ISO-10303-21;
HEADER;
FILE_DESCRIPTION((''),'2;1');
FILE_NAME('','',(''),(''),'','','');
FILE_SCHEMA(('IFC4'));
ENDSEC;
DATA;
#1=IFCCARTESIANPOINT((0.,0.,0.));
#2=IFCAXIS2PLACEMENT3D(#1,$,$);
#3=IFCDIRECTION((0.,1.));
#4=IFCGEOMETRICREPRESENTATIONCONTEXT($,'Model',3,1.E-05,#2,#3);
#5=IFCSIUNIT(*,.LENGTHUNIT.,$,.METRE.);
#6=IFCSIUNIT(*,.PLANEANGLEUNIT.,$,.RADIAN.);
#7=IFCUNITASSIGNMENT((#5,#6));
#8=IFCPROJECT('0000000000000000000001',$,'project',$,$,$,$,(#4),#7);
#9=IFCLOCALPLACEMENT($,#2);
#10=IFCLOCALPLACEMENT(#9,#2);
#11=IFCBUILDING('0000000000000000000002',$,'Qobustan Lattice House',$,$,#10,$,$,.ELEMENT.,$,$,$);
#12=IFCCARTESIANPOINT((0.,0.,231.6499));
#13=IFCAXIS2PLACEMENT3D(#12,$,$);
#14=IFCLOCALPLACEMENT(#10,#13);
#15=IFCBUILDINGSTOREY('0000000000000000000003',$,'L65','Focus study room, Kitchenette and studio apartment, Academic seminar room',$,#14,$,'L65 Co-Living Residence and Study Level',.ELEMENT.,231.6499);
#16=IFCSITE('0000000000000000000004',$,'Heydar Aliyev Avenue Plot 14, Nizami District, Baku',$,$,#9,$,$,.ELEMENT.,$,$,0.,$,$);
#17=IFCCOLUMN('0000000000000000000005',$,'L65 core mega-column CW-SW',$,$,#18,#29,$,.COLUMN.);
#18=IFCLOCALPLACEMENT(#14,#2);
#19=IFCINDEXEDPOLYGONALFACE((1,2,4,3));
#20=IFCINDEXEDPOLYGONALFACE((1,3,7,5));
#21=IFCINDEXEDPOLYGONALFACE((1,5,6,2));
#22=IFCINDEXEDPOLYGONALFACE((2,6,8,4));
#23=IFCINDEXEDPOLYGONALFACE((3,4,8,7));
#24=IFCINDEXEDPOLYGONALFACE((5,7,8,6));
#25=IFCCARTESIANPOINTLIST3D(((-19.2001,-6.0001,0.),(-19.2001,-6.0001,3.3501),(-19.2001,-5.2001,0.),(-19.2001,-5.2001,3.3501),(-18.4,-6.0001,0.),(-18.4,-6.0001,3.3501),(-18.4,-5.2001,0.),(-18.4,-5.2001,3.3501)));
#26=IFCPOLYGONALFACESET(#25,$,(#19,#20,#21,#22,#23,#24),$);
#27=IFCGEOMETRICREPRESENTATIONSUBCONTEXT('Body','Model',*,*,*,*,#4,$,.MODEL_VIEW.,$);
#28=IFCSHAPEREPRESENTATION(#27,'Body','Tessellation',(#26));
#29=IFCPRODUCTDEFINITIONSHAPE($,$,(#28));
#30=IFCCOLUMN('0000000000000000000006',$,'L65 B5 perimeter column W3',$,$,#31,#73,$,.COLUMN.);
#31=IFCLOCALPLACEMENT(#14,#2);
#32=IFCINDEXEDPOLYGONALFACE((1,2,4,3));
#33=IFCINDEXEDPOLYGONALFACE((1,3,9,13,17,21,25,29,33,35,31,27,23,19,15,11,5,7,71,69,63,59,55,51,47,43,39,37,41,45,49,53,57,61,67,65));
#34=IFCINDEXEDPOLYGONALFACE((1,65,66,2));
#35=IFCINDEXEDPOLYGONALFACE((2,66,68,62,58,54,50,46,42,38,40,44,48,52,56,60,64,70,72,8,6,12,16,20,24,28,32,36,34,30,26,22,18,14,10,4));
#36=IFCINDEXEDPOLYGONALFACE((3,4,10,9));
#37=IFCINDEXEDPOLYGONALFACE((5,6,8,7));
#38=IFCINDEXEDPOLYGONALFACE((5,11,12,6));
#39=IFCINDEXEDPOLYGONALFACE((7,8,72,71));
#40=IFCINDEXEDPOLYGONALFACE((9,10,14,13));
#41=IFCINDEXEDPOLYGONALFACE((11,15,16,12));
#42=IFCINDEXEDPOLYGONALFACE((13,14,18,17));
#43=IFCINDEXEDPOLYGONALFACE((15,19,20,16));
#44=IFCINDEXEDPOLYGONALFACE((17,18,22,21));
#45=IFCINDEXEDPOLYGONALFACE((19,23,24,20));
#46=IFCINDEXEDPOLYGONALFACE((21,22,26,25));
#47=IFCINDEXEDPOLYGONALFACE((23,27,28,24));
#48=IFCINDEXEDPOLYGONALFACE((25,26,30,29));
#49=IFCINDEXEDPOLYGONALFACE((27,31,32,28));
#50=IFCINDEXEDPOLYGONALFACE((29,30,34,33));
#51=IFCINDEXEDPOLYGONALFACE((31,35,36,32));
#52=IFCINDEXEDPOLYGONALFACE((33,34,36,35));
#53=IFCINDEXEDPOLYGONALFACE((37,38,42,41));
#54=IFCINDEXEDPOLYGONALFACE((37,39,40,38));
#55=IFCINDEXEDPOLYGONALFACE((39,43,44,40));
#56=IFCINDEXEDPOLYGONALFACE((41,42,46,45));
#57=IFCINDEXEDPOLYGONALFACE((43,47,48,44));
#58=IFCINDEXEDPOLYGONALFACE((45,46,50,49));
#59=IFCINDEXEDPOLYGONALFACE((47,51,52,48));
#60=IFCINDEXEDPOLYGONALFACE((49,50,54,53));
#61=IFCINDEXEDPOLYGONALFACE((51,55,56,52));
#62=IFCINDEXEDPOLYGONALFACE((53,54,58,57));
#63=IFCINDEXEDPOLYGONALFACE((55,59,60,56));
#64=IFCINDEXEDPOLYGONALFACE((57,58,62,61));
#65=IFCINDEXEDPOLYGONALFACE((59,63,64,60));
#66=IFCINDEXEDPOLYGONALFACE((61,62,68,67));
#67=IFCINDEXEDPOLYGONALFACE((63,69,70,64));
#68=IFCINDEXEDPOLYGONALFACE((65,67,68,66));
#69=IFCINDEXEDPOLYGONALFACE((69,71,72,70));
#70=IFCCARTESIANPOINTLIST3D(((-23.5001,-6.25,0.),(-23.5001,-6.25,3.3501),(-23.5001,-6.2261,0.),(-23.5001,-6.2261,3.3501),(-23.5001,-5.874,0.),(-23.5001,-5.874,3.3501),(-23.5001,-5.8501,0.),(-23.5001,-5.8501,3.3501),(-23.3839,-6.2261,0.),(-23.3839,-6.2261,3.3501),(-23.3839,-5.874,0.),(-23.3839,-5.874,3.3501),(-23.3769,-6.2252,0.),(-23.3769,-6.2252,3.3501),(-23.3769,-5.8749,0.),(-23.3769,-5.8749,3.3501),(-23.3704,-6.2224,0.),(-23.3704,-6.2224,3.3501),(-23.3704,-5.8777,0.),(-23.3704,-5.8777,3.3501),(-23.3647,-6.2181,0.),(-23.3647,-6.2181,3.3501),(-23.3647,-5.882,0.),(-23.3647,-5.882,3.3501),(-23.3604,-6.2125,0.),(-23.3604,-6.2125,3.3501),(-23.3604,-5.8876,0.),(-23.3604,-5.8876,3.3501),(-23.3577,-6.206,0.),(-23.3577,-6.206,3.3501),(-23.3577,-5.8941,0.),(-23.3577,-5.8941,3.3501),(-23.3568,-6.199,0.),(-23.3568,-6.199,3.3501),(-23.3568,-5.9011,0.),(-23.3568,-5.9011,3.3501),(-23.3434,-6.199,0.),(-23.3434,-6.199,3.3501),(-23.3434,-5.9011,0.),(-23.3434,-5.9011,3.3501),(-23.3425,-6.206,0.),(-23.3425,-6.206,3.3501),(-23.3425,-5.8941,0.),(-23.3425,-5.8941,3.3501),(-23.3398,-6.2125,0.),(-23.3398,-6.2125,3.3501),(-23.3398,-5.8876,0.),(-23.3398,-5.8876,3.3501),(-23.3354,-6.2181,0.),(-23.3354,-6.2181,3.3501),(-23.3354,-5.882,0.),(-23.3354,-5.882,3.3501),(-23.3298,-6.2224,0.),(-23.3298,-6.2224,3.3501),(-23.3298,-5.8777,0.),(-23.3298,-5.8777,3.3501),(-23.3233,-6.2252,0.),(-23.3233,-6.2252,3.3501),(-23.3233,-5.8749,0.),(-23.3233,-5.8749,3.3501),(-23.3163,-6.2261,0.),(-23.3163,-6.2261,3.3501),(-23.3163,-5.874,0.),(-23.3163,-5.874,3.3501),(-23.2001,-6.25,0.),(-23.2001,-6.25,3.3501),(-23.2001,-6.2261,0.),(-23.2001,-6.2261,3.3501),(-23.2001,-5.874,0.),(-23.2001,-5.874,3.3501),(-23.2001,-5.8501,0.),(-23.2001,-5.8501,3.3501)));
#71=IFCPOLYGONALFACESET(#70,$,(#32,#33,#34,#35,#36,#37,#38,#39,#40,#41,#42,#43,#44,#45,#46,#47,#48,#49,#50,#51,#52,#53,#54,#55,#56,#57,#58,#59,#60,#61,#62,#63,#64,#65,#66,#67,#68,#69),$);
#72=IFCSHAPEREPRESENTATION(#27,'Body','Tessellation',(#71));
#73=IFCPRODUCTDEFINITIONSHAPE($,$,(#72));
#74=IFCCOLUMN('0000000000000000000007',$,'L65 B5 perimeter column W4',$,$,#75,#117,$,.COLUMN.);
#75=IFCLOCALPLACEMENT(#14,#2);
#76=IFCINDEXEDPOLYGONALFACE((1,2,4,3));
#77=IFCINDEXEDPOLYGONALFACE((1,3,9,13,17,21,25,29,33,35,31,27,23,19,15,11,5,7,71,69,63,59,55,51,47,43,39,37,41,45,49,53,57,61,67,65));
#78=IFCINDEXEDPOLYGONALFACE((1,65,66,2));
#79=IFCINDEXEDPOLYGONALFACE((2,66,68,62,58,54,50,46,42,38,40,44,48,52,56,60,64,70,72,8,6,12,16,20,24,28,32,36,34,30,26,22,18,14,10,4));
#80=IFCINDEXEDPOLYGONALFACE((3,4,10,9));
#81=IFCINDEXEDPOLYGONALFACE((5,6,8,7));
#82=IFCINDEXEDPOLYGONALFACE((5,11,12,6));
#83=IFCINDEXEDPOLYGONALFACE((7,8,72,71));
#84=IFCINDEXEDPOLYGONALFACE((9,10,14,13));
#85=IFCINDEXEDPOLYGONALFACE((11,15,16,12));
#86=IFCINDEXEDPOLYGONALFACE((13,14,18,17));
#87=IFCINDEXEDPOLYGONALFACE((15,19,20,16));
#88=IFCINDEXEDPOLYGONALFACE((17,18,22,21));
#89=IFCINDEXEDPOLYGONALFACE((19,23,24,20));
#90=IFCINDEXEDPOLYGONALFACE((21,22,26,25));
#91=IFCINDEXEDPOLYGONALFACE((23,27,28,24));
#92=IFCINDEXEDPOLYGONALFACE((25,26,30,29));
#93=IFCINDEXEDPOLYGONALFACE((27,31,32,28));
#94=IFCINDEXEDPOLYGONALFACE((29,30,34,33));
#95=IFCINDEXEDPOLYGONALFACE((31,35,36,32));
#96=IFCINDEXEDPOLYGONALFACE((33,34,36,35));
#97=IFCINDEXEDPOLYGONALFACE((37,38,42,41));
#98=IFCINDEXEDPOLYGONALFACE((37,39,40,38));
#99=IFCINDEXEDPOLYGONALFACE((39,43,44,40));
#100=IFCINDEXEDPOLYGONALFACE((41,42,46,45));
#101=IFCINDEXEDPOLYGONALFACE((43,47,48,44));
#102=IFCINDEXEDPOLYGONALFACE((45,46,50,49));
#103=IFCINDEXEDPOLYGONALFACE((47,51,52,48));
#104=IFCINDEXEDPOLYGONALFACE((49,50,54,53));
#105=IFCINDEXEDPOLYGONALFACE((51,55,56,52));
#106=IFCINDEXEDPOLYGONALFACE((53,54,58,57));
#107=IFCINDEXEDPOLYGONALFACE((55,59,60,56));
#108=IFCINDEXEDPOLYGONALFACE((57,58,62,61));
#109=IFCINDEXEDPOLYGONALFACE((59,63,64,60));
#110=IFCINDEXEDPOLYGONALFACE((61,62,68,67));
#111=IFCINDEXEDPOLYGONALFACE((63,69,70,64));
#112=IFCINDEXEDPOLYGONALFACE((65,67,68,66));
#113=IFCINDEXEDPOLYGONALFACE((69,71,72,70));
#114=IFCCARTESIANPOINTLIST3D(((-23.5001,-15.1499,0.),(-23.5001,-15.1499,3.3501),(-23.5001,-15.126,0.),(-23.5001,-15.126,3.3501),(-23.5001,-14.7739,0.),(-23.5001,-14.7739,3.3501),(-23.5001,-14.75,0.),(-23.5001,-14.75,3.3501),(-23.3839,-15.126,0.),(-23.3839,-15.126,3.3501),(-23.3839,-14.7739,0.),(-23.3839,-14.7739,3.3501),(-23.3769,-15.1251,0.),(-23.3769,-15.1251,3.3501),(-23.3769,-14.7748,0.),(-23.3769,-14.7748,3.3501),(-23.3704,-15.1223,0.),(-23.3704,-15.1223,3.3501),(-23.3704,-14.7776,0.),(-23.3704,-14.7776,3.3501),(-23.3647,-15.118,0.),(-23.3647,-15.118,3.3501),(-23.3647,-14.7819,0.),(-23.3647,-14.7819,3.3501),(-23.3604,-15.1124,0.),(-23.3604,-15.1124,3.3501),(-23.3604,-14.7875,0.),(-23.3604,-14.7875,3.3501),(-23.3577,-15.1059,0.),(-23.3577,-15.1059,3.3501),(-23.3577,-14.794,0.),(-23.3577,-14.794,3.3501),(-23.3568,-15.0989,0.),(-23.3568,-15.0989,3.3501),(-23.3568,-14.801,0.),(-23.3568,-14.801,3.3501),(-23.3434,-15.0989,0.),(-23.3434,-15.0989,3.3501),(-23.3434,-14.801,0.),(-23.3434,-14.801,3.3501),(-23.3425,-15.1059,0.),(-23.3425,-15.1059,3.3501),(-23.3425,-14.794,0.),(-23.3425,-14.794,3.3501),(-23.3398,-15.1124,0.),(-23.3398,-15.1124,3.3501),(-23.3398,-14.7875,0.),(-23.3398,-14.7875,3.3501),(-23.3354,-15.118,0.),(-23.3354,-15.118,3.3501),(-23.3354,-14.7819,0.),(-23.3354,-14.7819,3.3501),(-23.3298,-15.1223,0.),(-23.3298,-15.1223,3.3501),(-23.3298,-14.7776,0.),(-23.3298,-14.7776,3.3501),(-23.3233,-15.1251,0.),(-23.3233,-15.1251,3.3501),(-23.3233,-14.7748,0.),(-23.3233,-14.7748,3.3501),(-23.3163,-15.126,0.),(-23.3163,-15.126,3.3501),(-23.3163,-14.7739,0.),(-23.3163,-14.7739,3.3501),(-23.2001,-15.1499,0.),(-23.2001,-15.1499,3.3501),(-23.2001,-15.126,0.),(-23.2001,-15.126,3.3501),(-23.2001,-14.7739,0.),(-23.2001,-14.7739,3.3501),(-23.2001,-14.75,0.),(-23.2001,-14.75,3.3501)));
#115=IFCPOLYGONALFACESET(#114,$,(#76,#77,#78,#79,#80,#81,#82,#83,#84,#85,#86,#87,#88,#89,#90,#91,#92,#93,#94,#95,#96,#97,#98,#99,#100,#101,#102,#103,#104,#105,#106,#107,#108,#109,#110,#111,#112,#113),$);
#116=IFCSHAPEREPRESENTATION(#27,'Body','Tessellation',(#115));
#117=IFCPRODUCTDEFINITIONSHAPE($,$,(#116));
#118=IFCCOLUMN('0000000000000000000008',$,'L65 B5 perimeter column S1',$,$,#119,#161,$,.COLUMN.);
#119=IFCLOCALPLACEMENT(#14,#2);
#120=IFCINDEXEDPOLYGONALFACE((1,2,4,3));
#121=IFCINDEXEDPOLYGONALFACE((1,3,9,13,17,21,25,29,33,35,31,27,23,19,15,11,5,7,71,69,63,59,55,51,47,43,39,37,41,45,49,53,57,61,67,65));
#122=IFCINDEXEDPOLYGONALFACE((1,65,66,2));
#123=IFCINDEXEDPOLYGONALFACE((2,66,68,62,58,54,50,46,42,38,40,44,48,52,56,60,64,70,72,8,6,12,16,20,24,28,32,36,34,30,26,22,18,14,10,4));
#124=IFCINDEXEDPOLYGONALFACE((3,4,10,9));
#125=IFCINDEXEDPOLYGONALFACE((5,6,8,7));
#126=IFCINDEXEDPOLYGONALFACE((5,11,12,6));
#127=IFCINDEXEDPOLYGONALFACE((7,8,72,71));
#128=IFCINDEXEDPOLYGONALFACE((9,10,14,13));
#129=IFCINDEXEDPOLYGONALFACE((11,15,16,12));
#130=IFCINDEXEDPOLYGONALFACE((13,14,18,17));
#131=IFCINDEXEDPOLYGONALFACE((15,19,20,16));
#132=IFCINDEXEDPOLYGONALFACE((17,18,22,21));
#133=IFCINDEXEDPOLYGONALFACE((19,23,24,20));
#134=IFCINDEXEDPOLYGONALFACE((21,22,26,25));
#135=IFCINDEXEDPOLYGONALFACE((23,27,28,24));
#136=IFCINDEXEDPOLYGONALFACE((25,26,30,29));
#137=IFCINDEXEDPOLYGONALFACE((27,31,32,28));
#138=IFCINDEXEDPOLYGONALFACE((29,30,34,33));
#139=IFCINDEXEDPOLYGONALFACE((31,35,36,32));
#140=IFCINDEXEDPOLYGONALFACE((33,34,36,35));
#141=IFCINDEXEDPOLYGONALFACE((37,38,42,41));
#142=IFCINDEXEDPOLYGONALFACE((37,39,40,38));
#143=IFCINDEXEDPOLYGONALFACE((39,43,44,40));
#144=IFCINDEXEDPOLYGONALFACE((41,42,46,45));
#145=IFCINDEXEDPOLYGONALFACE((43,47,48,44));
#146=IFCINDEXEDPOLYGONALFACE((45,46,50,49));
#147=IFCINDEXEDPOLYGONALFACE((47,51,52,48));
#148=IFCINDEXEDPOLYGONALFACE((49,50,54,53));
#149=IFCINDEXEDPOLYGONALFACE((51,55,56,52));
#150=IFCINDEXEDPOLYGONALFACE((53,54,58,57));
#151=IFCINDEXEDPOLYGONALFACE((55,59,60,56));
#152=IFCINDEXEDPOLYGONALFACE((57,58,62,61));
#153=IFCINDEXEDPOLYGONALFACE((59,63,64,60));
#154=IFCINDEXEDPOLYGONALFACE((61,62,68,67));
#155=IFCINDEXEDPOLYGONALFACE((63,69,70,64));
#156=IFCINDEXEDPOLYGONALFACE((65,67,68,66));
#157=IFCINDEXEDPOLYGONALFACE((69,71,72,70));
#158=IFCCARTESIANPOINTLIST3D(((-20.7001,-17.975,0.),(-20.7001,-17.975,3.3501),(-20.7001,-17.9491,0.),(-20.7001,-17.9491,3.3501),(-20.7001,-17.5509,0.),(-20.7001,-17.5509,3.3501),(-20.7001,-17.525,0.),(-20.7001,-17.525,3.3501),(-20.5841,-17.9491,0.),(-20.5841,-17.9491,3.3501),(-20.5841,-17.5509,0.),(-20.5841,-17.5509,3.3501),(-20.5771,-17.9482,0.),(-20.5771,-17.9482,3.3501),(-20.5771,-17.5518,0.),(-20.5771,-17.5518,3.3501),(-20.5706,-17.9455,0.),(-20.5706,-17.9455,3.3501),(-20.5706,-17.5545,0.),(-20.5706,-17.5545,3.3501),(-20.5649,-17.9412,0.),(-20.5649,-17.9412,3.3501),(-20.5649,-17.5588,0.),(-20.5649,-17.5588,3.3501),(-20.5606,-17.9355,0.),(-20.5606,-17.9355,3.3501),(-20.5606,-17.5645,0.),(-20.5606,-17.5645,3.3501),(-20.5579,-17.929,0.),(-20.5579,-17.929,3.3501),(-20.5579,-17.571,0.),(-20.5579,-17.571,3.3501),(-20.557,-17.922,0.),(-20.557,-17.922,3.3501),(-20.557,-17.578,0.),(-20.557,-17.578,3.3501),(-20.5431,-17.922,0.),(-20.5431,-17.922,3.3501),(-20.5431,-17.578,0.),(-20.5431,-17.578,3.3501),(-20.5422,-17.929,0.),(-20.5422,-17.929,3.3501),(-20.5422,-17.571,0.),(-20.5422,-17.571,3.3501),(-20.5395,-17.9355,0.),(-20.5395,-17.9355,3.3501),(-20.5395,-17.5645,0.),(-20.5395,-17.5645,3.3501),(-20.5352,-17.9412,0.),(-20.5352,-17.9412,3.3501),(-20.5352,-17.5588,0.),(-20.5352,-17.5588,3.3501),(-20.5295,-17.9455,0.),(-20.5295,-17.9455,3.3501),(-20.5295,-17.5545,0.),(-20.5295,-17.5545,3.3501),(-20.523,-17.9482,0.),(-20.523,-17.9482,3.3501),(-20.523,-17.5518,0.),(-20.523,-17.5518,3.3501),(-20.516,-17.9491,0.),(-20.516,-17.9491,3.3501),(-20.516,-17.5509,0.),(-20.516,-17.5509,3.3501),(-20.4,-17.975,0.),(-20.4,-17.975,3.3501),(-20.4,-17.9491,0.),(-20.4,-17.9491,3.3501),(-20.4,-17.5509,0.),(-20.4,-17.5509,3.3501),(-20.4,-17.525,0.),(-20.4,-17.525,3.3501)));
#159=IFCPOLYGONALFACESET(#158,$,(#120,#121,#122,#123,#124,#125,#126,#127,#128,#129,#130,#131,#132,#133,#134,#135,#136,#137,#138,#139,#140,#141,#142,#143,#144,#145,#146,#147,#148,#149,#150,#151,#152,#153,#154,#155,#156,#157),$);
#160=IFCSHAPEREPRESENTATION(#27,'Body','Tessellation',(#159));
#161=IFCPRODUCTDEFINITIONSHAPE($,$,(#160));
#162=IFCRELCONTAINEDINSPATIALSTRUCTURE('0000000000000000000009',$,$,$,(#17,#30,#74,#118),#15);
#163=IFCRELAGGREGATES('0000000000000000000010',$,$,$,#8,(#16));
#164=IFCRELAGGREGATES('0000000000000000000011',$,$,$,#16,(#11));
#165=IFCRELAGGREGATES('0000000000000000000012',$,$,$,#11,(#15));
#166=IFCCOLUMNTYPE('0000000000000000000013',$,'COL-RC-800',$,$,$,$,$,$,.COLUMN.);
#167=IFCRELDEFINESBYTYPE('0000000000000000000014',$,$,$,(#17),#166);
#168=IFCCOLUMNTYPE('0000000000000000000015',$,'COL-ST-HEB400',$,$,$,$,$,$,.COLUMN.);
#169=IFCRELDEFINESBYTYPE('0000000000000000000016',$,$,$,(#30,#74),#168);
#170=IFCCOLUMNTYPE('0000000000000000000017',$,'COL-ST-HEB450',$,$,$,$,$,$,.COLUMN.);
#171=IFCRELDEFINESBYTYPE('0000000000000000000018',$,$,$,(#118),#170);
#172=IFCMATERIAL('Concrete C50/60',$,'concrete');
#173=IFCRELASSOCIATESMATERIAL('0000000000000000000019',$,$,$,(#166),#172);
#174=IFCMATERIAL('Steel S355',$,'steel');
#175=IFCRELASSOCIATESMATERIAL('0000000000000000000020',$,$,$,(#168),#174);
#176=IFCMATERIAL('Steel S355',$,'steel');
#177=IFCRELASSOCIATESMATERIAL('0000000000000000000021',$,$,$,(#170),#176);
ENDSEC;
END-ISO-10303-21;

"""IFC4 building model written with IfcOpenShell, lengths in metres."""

from ifc_helpers import new_model, si_unit, direction, frame, origin, origin_2d, place, context, subcontext, project, spatial, rectangle, i_section, extrude, material, material_profile, profile_set, type_object, element, save


model = new_model("IFC4")

# Units and contexts
model_context = context("Model", 3, precision=1e-05, world=origin(), true_north=direction((0.0, 1.0)))
body_context = subcontext(model_context, "Body", "Model", "MODEL_VIEW")
ifc_project = project(units=[si_unit("LENGTHUNIT", "METRE"), si_unit("PLANEANGLEUNIT", "RADIAN")], contexts=[model_context])

# Site, building, storey
site_placement = place(None, origin())
site = spatial("IfcSite", under=ifc_project, at=site_placement, Name="Heydar Aliyev Avenue Plot 14, Nizami District, Baku", CompositionType="ELEMENT", RefElevation=0.0)
building_placement = place(site_placement, origin())
building = spatial("IfcBuilding", under=site, at=building_placement, Name="Qobustan Lattice House", CompositionType="ELEMENT")
storey_placement = place(building_placement, frame((0.0, 0.0, 231.6499)))
storey = spatial("IfcBuildingStorey", under=building, at=storey_placement, Name="L65", Description="Focus study room, Kitchenette and studio apartment, Academic seminar room", LongName="L65 Co-Living Residence and Study Level", CompositionType="ELEMENT", Elevation=231.6499)

# Columns
ifc_material_1 = material(Name="Concrete C50/60", Category="concrete")
ifc_material_profile_1 = material_profile(ifc_material_1, rectangle(XDim=0.8, YDim=0.8, at=origin_2d()), Name="RC800x800")
ifc_profile_set_1 = profile_set([ifc_material_profile_1], Name="Concrete C50/60")
column_type_1 = type_object("IfcColumnType", Name="COL-RC-800", PredefinedType="COLUMN", material=ifc_profile_set_1)
column_1_placement = place(storey_placement, frame((-18.8, -5.6001, 0.0), z_axis=(0.0, 0.0, 1.0), x_axis=(1.0, 0.0, 0.0)))
element("IfcColumn", 1, at=column_1_placement, inside=storey, type_object=column_type_1, Name="L65 core mega-column CW-SW", PredefinedType="COLUMN", context=body_context, shape_type="SweptSolid", body=[
    extrude(rectangle(XDim=0.8, YDim=0.8, at=origin_2d()), origin(), (0.0, 0.0, 1.0), 3.3501),
])
ifc_material_2 = material(Name="Steel S355", Category="steel")
ifc_material_profile_2 = material_profile(ifc_material_2, i_section(OverallWidth=0.3, OverallDepth=0.3999, WebThickness=0.0134, FlangeThickness=0.0239, FilletRadius=0.0271, at=origin_2d()), Name="HEB400")
ifc_profile_set_2 = profile_set([ifc_material_profile_2], Name="Steel S355")
column_type_2 = type_object("IfcColumnType", Name="COL-ST-HEB400", PredefinedType="COLUMN", material=ifc_profile_set_2)
for number, where, z_axis, x_axis, name in (
    (2, (-23.3501, -6.05, 0.0), (0.0, 0.0, 1.0), (1.0, 0.0, 0.0), "L65 B5 perimeter column W3"),
    (3, (-23.3501, -14.95, 0.0), (0.0, 0.0, 1.0), (1.0, 0.0, 0.0), "L65 B5 perimeter column W4"),
):
    element("IfcColumn", number, at=place(storey_placement, frame(where, z_axis=z_axis, x_axis=x_axis)), inside=storey, type_object=column_type_2, Name=name, PredefinedType="COLUMN", context=body_context, shape_type="SweptSolid", body=[
        extrude(i_section(OverallWidth=0.3, OverallDepth=0.3999, WebThickness=0.0134, FlangeThickness=0.0239, FilletRadius=0.0271, at=origin_2d()), origin(), (0.0, 0.0, 1.0), 3.3501),
    ])
ifc_material_3 = material(Name="Steel S355", Category="steel")
ifc_material_profile_3 = material_profile(ifc_material_3, i_section(OverallWidth=0.3, OverallDepth=0.45, WebThickness=0.0139, FlangeThickness=0.0259, FilletRadius=0.0271, at=origin_2d()), Name="HEB450")
ifc_profile_set_3 = profile_set([ifc_material_profile_3], Name="Steel S355")
column_type_3 = type_object("IfcColumnType", Name="COL-ST-HEB450", PredefinedType="COLUMN", material=ifc_profile_set_3)
column_2_placement = place(storey_placement, frame((-20.55, -17.75, 0.0), z_axis=(0.0, 0.0, 1.0), x_axis=(1.0, 0.0, 0.0)))
element("IfcColumn", 4, at=column_2_placement, inside=storey, type_object=column_type_3, Name="L65 B5 perimeter column S1", PredefinedType="COLUMN", context=body_context, shape_type="SweptSolid", body=[
    extrude(i_section(OverallWidth=0.3, OverallDepth=0.45, WebThickness=0.0139, FlangeThickness=0.0259, FilletRadius=0.0271, at=origin_2d()), origin(), (0.0, 0.0, 1.0), 3.3501),
])

save(model, "model.ifc")
